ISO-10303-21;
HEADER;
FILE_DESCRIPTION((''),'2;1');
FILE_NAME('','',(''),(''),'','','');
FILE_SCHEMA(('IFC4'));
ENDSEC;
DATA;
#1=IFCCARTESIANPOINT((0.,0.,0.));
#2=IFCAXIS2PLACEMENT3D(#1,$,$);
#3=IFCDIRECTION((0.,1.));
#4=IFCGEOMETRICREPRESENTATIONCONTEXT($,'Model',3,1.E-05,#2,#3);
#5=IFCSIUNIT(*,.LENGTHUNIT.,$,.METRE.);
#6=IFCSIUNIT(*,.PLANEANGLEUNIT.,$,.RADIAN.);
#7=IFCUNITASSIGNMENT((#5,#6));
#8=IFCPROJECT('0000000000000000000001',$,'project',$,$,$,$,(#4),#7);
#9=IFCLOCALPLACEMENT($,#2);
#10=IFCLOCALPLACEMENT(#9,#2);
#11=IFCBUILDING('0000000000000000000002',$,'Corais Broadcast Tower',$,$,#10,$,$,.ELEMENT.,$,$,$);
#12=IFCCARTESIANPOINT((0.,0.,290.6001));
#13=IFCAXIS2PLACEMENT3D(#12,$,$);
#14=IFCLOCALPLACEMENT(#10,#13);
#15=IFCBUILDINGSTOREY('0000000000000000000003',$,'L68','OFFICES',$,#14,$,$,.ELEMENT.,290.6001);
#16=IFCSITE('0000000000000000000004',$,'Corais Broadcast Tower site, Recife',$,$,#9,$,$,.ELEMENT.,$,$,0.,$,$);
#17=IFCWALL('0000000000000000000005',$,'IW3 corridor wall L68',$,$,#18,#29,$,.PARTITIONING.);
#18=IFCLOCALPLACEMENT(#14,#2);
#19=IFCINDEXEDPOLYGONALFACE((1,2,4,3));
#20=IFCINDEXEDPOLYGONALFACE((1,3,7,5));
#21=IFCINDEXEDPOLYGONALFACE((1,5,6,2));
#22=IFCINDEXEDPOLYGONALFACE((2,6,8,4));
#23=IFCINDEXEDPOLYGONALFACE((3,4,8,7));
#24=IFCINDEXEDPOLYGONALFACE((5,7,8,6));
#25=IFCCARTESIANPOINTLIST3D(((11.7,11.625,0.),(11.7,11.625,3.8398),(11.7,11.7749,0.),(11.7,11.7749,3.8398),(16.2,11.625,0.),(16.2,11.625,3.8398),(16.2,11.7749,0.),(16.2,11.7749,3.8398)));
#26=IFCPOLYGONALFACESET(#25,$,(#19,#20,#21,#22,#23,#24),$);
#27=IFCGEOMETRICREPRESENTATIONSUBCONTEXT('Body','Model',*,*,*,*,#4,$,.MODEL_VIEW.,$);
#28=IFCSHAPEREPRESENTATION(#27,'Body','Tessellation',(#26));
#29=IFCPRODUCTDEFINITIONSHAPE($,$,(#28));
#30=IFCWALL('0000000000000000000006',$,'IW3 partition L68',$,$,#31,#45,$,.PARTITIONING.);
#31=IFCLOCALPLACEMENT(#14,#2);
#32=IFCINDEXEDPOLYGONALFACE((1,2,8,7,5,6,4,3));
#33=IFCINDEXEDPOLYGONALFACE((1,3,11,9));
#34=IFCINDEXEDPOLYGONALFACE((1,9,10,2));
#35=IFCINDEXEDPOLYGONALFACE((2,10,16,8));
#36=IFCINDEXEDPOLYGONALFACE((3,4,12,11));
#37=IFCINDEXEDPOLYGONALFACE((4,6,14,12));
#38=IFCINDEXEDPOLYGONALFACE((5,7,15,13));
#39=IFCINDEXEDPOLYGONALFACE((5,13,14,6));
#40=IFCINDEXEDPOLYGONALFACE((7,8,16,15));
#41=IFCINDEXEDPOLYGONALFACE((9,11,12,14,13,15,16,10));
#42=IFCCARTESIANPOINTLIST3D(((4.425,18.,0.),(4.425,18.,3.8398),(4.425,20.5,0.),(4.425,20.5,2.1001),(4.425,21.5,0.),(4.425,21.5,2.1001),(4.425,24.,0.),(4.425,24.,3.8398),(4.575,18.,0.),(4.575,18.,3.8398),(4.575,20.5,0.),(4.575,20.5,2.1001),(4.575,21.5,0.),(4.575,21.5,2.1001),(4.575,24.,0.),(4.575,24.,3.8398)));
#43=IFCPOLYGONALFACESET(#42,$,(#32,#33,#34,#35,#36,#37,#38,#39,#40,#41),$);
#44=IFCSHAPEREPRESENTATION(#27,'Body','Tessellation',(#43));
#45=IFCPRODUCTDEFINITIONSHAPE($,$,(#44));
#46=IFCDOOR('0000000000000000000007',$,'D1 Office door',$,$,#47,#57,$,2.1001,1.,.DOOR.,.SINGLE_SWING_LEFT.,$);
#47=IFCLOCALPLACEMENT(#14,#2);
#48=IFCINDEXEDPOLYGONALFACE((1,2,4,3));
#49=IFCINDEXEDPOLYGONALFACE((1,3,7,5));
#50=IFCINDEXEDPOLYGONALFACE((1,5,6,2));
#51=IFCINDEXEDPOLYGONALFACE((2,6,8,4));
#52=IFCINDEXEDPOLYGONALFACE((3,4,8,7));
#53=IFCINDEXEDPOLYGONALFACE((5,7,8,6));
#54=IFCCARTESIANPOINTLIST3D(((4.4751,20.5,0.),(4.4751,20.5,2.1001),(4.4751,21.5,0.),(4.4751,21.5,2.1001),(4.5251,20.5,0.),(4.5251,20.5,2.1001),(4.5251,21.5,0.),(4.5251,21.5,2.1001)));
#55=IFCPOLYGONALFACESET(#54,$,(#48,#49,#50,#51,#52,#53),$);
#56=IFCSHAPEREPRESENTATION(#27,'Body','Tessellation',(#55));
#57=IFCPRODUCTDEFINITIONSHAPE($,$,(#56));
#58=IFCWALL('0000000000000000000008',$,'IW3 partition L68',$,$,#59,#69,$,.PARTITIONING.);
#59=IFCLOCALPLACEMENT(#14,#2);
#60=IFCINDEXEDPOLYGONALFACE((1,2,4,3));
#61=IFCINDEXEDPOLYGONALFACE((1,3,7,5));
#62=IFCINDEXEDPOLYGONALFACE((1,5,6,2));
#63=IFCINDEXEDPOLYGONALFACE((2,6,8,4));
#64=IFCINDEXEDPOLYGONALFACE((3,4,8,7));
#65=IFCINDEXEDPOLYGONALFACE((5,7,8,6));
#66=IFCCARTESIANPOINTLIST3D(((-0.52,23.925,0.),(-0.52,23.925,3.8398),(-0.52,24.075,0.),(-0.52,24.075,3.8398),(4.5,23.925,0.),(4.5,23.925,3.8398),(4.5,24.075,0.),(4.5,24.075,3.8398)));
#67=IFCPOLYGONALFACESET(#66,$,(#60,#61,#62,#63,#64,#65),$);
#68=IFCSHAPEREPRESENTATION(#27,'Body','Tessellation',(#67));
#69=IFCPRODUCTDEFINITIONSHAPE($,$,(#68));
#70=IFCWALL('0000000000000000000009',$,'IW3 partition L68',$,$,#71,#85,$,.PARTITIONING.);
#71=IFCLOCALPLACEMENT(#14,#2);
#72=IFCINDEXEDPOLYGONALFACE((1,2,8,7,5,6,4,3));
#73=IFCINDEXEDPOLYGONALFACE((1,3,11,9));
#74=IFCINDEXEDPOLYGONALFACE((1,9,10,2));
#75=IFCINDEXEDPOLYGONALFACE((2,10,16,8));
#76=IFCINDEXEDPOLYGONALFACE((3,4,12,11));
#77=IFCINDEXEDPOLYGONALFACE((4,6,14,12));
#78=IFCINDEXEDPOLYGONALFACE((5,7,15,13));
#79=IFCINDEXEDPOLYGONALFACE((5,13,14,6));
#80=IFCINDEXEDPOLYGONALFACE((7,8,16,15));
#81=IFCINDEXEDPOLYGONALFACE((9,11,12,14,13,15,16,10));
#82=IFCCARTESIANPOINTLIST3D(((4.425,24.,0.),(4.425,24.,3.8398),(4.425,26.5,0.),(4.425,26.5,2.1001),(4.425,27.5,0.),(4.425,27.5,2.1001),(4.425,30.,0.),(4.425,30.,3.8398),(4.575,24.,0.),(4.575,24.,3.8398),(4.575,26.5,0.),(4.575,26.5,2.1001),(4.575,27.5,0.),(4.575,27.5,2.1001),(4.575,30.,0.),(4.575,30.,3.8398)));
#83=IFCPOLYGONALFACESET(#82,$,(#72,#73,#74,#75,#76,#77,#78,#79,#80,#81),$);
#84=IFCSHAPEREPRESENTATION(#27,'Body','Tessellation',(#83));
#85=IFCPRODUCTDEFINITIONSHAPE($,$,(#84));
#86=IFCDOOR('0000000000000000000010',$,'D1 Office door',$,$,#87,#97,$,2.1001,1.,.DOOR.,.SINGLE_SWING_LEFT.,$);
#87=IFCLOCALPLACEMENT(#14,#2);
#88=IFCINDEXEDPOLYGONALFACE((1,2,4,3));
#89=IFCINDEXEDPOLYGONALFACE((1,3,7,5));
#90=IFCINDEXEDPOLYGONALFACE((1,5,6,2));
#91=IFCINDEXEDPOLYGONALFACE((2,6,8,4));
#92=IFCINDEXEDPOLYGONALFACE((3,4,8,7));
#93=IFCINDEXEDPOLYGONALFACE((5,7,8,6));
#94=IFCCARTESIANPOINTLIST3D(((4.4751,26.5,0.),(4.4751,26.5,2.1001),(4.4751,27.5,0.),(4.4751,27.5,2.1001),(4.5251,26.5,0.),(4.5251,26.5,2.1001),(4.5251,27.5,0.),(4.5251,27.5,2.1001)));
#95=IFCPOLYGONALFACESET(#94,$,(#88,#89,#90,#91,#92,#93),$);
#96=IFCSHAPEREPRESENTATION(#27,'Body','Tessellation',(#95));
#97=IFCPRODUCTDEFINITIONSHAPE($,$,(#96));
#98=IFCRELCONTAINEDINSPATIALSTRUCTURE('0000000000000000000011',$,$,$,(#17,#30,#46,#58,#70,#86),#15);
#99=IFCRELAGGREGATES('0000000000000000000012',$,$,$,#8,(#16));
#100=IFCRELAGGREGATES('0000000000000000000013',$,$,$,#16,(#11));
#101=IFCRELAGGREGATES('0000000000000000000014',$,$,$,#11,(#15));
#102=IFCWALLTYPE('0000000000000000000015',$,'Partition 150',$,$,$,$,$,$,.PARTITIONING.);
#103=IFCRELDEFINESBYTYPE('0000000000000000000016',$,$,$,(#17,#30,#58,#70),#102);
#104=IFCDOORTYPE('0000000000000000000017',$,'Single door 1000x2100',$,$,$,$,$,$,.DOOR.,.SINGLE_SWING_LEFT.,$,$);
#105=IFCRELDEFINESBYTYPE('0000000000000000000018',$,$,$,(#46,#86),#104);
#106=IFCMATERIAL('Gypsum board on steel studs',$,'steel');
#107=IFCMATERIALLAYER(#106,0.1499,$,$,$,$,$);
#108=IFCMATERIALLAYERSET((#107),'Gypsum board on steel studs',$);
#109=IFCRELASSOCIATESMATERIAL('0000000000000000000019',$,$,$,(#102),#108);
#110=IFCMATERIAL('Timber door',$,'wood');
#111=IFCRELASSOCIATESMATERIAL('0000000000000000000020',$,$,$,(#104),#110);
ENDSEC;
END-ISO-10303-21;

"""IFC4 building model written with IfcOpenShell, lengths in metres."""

from ifc_helpers import new_model, si_unit, direction, frame, frame_2d, origin, place, context, subcontext, project, spatial, rectangle, extrude, material, layer, layer_set, type_object, element, fill, save


model = new_model("IFC4")

# Units and contexts
model_context = context("Model", 3, precision=1e-05, world=origin(), true_north=direction((0.0, 1.0)))
body_context = subcontext(model_context, "Body", "Model", "MODEL_VIEW")
ifc_project = project(units=[si_unit("LENGTHUNIT", "METRE"), si_unit("PLANEANGLEUNIT", "RADIAN")], contexts=[model_context])

# Site, building, storey
site_placement = place(None, origin())
site = spatial("IfcSite", under=ifc_project, at=site_placement, Name="Corais Broadcast Tower site, Recife", CompositionType="ELEMENT", RefElevation=0.0)
building_placement = place(site_placement, origin())
building = spatial("IfcBuilding", under=site, at=building_placement, Name="Corais Broadcast Tower", CompositionType="ELEMENT")
storey_placement = place(building_placement, frame((0.0, 0.0, 290.6001)))
storey = spatial("IfcBuildingStorey", under=building, at=storey_placement, Name="L68", Description="OFFICES", CompositionType="ELEMENT", Elevation=290.6001)

# Wall
ifc_material_1 = material(Name="Gypsum board on steel studs", Category="steel")
ifc_layer_1 = layer(ifc_material_1, 0.1499)
ifc_layer_set_1 = layer_set([ifc_layer_1], Name="Gypsum board on steel studs")
wall_type_1 = type_object("IfcWallType", Name="Partition 150", PredefinedType="PARTITIONING", material=ifc_layer_set_1)
wall_1_placement = place(storey_placement, frame((11.7, 11.7, 0.0), z_axis=(0.0, 0.0, 1.0), x_axis=(1.0, 0.0, 0.0)))
element("IfcWall", 1, at=wall_1_placement, inside=storey, type_object=wall_type_1, Name="IW3 corridor wall L68", PredefinedType="PARTITIONING", context=body_context, shape_type="SweptSolid", body=[
    extrude(rectangle(XDim=4.5, YDim=0.1499, at=frame_2d((2.25, 0.0))), origin(), (0.0, 0.0, 1.0), 3.8398),
])

# Wall, opening, door
wall_2_placement = place(storey_placement, frame((4.5, 18.0, 0.0), z_axis=(0.0, 0.0, 1.0), x_axis=(0.0, 1.0, 0.0)))
wall_2 = element("IfcWall", 2, at=wall_2_placement, inside=storey, type_object=wall_type_1, Name="IW3 partition L68", PredefinedType="PARTITIONING", context=body_context, shape_type="SweptSolid", body=[
    extrude(rectangle(XDim=6.0, YDim=0.1499, at=frame_2d((3.0, 0.0))), origin(), (0.0, 0.0, 1.0), 3.8398),
])
opening_1_placement = place(wall_2_placement, frame((2.5, 0.0, 0.0)))
opening_1 = element("IfcOpeningElement", 3, at=opening_1_placement, cuts=wall_2, PredefinedType="OPENING", context=body_context, shape_type="SweptSolid", body=[
    extrude(rectangle(XDim=1.0, YDim=2.1001, at=frame_2d((0.5, 1.05))), frame((0.0, 0.085, 0.0), z_axis=(0.0, -1.0, 0.0), x_axis=(1.0, 0.0, 0.0)), (0.0, 0.0, 1.0), 0.1699),
])
ifc_material_2 = material(Name="Timber door", Category="wood")
door_type_1 = type_object("IfcDoorType", Name="Single door 1000x2100", OperationType="SINGLE_SWING_LEFT", PredefinedType="DOOR", material=ifc_material_2)
door_1_placement = place(opening_1_placement, origin())
door_1 = element("IfcDoor", 4, at=door_1_placement, inside=storey, type_object=door_type_1, Name="D1 Office door", OperationType="SINGLE_SWING_LEFT", OverallHeight=2.1001, OverallWidth=1.0, PredefinedType="DOOR", context=body_context, shape_type="SweptSolid", body=[
    extrude(rectangle(XDim=1.0, YDim=2.1001, at=frame_2d((0.5, 1.05))), frame((0.0, 0.0249, 0.0), z_axis=(0.0, -1.0, 0.0), x_axis=(1.0, 0.0, 0.0)), (0.0, 0.0, 1.0), 0.05),
])
fill(opening_1, door_1)

# Wall
wall_3_placement = place(storey_placement, frame((4.5, 24.0, 0.0), z_axis=(0.0, 0.0, 1.0), x_axis=(-1.0, 0.0, 0.0)))
element("IfcWall", 5, at=wall_3_placement, inside=storey, type_object=wall_type_1, Name="IW3 partition L68", PredefinedType="PARTITIONING", context=body_context, shape_type="SweptSolid", body=[
    extrude(rectangle(XDim=5.02, YDim=0.1499, at=frame_2d((2.51, 0.0))), origin(), (0.0, 0.0, 1.0), 3.8398),
])

# Wall, opening, door
wall_4_placement = place(storey_placement, frame((4.5, 24.0, 0.0), z_axis=(0.0, 0.0, 1.0), x_axis=(0.0, 1.0, 0.0)))
wall_4 = element("IfcWall", 6, at=wall_4_placement, inside=storey, type_object=wall_type_1, Name="IW3 partition L68", PredefinedType="PARTITIONING", context=body_context, shape_type="SweptSolid", body=[
    extrude(rectangle(XDim=6.0, YDim=0.1499, at=frame_2d((3.0, 0.0))), origin(), (0.0, 0.0, 1.0), 3.8398),
])
opening_2_placement = place(wall_4_placement, frame((2.5, 0.0, 0.0)))
opening_2 = element("IfcOpeningElement", 7, at=opening_2_placement, cuts=wall_4, PredefinedType="OPENING", context=body_context, shape_type="SweptSolid", body=[
    extrude(rectangle(XDim=1.0, YDim=2.1001, at=frame_2d((0.5, 1.05))), frame((0.0, 0.085, 0.0), z_axis=(0.0, -1.0, 0.0), x_axis=(1.0, 0.0, 0.0)), (0.0, 0.0, 1.0), 0.1699),
])
door_2_placement = place(opening_2_placement, origin())
door_2 = element("IfcDoor", 8, at=door_2_placement, inside=storey, type_object=door_type_1, Name="D1 Office door", OperationType="SINGLE_SWING_LEFT", OverallHeight=2.1001, OverallWidth=1.0, PredefinedType="DOOR", context=body_context, shape_type="SweptSolid", body=[
    extrude(rectangle(XDim=1.0, YDim=2.1001, at=frame_2d((0.5, 1.05))), frame((0.0, 0.0249, 0.0), z_axis=(0.0, -1.0, 0.0), x_axis=(1.0, 0.0, 0.0)), (0.0, 0.0, 1.0), 0.05),
])
fill(opening_2, door_2)

save(model, "model.ifc")
